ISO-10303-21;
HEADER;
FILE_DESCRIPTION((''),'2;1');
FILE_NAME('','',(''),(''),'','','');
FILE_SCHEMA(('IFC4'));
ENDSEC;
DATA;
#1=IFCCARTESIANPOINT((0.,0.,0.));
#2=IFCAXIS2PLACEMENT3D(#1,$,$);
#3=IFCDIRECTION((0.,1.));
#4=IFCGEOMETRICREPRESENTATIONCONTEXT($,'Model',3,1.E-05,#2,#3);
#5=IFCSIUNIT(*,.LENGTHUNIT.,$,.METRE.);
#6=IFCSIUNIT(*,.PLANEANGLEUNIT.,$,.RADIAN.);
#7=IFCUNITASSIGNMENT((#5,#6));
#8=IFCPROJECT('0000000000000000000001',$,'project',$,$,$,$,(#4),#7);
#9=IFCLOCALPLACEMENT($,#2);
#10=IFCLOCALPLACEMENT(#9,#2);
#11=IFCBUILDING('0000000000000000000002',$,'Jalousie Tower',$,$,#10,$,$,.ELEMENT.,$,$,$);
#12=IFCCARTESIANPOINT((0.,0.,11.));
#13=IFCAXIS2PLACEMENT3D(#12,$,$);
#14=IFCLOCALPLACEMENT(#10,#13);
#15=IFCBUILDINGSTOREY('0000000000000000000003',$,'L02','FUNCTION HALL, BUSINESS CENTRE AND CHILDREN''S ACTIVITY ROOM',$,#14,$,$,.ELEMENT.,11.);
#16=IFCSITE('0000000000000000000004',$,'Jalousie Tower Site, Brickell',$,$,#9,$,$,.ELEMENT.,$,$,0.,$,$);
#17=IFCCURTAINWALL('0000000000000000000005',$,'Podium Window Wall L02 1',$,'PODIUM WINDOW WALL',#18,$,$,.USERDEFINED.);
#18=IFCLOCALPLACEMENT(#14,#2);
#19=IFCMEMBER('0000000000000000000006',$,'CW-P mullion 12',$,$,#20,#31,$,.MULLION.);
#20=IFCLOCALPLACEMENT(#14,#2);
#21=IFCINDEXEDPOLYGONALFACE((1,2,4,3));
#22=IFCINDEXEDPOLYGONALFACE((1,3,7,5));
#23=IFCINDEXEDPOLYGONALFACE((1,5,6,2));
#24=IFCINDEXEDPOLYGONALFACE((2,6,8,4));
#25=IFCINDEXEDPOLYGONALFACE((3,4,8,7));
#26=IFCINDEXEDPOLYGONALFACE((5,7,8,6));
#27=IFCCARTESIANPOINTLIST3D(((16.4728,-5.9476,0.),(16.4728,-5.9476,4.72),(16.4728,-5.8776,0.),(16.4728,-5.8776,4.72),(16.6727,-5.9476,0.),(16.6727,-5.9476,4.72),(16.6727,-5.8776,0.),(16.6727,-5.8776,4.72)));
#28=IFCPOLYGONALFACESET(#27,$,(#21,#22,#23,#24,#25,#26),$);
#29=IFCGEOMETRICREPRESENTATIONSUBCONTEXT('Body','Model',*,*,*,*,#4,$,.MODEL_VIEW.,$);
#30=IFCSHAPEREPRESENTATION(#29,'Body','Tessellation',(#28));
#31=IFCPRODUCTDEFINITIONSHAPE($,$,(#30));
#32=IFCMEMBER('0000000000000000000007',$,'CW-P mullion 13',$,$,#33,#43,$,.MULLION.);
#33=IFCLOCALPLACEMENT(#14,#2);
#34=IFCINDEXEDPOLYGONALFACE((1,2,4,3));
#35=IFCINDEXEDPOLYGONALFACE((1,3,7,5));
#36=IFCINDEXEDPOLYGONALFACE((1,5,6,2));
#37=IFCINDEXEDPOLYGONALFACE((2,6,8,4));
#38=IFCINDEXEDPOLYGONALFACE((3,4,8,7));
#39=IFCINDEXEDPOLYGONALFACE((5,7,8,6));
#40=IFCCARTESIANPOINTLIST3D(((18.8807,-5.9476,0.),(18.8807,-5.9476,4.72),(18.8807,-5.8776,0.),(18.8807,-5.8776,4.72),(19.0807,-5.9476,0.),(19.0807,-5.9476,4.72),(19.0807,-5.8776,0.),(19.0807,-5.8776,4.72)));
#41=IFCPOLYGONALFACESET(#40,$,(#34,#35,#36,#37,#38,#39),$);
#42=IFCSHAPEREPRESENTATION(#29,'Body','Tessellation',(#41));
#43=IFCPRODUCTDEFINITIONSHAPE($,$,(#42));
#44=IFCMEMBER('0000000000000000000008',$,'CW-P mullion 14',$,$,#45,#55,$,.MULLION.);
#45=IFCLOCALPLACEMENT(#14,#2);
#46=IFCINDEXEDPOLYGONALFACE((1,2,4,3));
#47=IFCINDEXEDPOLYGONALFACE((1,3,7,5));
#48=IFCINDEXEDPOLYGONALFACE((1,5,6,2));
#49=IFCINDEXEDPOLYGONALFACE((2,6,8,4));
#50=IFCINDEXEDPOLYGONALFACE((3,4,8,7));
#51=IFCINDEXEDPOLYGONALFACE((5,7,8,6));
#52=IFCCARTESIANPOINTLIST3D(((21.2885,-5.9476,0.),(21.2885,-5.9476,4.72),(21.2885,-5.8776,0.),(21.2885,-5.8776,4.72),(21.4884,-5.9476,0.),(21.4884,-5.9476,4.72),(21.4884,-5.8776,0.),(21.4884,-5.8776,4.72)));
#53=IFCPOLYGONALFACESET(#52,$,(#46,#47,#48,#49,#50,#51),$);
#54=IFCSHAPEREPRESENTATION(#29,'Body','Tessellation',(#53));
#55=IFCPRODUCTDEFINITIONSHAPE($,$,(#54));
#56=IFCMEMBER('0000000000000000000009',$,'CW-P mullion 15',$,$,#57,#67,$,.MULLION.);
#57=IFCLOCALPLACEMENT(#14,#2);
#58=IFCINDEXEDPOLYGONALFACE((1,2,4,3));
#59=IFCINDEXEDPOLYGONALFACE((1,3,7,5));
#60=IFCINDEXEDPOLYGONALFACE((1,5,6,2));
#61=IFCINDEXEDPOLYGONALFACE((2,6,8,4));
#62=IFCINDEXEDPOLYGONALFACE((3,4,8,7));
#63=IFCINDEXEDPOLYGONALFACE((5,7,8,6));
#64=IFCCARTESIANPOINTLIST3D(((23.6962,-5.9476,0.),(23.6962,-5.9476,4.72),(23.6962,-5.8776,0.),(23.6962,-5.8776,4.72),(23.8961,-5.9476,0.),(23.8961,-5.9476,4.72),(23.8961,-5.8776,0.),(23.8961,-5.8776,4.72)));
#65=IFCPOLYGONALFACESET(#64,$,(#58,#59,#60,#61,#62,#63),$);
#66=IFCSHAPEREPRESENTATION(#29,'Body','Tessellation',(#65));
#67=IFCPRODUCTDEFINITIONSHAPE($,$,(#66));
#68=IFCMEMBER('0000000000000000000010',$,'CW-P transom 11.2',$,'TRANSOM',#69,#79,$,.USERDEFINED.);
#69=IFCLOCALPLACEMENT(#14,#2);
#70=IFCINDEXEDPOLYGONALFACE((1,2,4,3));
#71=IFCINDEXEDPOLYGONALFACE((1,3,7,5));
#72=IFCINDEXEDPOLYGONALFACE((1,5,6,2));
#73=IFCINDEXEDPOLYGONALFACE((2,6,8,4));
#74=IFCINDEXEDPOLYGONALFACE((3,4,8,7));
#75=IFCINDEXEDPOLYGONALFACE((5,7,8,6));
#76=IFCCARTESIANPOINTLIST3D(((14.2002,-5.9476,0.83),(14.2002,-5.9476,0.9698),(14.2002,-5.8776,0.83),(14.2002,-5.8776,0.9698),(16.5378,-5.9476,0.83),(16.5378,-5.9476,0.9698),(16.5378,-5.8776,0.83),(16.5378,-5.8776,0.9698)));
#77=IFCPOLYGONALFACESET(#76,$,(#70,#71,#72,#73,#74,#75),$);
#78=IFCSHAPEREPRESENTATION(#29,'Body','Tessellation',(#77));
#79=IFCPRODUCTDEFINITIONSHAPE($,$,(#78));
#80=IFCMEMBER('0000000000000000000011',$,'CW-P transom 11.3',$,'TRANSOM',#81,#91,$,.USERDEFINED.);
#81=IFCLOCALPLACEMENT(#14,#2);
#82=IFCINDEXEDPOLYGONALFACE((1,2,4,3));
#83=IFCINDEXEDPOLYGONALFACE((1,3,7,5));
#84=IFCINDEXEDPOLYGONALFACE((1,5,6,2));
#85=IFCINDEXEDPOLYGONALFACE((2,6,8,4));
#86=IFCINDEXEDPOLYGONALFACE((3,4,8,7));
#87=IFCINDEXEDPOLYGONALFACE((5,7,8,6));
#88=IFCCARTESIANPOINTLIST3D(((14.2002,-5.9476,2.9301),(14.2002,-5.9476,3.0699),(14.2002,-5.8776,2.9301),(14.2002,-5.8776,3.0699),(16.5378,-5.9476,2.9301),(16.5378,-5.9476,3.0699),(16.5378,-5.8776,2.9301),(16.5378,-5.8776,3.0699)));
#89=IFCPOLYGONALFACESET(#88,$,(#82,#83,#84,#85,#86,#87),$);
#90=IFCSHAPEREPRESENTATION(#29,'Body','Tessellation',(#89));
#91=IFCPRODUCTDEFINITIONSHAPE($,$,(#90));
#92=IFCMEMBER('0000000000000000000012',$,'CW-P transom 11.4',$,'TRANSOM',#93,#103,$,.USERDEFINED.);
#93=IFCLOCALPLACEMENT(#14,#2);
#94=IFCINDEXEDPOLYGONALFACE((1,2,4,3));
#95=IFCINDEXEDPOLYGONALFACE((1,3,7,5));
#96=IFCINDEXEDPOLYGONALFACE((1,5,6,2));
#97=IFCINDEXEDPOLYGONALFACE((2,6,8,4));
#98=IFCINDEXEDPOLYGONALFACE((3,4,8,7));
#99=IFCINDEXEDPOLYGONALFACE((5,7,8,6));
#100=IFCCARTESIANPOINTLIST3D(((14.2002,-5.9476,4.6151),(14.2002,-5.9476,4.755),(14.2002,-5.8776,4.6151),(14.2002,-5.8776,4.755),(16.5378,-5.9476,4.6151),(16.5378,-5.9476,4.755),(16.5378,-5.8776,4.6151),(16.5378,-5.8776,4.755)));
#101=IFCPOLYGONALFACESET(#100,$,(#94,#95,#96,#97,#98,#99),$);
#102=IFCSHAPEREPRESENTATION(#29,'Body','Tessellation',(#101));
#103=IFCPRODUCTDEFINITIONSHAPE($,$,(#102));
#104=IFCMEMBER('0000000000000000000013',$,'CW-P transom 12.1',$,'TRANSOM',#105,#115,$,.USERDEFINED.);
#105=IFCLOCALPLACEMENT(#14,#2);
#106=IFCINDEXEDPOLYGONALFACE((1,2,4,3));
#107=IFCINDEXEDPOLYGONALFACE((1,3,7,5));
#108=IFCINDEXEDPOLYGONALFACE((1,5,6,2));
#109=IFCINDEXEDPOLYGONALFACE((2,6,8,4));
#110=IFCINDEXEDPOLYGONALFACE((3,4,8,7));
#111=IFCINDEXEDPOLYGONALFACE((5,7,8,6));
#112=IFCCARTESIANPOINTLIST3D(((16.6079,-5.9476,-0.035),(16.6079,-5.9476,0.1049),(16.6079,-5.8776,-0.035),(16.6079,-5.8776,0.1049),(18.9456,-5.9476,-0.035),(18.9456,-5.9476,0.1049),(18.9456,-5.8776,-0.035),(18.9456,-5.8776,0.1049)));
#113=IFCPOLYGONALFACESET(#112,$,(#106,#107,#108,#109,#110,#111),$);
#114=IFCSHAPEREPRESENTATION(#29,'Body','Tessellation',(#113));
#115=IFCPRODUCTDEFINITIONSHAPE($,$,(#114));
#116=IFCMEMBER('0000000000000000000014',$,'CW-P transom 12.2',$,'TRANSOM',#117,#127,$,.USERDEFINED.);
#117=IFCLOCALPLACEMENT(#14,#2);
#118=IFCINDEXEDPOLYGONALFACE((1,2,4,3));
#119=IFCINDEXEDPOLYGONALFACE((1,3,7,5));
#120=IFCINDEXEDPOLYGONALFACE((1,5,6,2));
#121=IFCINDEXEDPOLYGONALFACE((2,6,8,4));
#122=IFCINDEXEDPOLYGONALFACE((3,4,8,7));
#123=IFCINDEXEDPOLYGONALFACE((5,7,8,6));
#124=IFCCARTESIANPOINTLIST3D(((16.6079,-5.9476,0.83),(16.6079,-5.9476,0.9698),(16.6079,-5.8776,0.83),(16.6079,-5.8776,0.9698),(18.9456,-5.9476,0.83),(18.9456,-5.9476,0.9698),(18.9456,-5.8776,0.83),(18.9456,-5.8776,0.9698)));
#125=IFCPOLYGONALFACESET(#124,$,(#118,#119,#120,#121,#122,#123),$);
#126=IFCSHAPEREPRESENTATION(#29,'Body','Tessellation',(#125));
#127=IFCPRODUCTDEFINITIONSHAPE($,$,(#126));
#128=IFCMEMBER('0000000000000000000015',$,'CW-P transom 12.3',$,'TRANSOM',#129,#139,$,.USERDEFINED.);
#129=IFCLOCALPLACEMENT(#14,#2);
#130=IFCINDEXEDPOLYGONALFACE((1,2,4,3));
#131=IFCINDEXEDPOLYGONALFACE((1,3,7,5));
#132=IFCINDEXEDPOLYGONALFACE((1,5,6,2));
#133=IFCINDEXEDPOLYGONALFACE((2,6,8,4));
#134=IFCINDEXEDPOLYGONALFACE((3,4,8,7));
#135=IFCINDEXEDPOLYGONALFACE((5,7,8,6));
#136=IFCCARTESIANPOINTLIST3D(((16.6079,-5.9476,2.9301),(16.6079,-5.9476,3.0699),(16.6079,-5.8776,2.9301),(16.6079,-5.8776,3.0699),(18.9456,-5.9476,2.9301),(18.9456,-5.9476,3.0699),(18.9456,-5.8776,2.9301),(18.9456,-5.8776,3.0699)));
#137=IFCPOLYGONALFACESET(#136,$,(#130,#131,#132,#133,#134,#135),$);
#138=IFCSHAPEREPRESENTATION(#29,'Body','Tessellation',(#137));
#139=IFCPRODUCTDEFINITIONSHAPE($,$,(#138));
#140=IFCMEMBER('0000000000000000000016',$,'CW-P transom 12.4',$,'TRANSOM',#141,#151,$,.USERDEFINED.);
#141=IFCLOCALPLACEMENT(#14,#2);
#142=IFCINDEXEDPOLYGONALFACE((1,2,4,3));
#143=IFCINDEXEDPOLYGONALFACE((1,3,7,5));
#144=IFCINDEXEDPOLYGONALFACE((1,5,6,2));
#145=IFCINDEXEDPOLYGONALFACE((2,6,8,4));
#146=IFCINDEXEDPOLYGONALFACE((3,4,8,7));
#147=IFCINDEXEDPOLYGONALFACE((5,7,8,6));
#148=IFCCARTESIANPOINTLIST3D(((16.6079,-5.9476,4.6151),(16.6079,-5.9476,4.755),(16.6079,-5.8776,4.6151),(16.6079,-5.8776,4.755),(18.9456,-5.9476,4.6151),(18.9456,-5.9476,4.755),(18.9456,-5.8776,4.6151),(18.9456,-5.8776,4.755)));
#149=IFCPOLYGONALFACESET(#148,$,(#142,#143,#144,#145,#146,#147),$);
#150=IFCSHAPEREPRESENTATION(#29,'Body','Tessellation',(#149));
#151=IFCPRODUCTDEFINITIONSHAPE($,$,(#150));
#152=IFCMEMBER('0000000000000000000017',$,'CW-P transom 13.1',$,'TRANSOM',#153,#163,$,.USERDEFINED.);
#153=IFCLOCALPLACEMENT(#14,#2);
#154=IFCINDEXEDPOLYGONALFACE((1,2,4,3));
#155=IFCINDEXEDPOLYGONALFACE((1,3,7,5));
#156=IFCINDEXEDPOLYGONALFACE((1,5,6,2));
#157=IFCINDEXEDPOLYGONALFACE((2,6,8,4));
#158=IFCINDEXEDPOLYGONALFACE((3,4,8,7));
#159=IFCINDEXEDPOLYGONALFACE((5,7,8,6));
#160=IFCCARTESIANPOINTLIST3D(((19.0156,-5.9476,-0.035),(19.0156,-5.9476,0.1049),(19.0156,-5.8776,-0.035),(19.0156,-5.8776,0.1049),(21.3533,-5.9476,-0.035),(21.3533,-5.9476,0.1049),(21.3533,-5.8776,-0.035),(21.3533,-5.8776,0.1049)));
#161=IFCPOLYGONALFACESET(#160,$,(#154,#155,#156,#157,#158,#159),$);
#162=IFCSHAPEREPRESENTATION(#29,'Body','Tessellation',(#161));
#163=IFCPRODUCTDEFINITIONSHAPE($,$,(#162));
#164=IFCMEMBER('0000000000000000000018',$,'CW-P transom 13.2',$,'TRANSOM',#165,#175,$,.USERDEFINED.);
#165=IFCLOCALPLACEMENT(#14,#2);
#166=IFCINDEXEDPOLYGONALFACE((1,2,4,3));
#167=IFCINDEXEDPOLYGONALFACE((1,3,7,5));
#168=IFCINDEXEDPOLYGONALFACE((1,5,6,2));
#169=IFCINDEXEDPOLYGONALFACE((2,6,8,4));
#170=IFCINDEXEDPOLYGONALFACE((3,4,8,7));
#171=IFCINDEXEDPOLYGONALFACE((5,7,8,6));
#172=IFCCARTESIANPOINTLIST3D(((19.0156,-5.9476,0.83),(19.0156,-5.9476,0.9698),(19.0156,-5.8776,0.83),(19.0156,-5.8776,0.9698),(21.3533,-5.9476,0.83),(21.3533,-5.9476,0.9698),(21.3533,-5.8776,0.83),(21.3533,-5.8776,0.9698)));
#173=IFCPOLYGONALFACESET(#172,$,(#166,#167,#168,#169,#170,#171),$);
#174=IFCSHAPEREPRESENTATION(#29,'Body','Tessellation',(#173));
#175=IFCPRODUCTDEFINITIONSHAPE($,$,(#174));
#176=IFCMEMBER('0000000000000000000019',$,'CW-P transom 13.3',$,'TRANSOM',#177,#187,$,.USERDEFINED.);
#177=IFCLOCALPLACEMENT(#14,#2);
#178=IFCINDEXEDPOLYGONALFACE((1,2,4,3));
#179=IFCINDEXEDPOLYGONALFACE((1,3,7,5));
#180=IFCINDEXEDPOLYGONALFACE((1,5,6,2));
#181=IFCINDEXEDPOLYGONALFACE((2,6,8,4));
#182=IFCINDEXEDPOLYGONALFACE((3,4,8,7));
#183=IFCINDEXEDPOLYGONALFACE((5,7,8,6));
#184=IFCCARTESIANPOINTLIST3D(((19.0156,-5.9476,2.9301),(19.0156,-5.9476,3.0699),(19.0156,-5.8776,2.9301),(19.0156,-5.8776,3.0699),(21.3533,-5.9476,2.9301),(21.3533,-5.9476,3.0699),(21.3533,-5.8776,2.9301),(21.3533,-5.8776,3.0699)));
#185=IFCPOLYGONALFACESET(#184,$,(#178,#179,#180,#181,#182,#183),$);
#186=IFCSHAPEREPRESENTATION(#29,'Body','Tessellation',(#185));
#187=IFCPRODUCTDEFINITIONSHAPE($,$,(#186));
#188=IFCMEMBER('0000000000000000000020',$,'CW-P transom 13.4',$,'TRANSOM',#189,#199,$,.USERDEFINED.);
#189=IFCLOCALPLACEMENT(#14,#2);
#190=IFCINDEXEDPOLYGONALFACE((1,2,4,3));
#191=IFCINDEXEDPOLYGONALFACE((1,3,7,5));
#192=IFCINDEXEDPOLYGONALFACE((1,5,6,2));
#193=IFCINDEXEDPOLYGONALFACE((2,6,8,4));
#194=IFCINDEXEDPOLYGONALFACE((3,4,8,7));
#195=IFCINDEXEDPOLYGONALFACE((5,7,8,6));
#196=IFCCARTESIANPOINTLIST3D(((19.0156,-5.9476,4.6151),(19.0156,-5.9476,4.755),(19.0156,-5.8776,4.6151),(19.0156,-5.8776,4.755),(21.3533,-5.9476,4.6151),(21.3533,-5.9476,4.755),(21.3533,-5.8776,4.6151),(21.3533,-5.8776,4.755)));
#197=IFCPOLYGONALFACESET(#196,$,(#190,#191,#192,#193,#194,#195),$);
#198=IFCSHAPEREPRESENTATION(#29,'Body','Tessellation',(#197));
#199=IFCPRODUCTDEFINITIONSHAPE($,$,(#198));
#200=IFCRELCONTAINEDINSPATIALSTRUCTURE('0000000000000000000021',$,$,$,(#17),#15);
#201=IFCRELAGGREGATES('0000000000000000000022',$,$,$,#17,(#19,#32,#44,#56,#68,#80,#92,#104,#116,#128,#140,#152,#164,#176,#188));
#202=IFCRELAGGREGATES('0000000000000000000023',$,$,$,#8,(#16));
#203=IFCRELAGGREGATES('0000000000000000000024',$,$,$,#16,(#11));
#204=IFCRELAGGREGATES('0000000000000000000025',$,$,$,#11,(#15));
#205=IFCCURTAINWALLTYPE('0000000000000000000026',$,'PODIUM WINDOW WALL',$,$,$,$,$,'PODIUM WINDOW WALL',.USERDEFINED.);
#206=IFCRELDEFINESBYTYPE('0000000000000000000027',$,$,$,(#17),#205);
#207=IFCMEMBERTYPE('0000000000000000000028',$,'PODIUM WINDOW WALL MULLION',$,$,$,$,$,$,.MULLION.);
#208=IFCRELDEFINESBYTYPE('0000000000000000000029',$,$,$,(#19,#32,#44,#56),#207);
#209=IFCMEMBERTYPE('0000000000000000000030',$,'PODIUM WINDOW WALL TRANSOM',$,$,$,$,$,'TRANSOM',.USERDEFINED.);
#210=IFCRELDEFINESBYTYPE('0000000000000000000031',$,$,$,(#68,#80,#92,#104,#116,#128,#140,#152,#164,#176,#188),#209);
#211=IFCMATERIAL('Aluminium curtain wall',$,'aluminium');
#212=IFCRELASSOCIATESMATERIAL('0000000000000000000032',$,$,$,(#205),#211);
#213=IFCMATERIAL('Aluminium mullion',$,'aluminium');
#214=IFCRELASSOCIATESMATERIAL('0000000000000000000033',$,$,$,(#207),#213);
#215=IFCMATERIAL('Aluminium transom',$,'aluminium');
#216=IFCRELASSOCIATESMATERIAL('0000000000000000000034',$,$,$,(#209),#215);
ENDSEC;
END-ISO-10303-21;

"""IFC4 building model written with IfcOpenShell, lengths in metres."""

from ifc_helpers import new_model, si_unit, direction, frame, origin, origin_2d, place, context, subcontext, project, spatial, rectangle, extrude, material, material_profile, profile_set, type_object, element, aggregate, save


model = new_model("IFC4")

# Units and contexts
model_context = context("Model", 3, precision=1e-05, world=origin(), true_north=direction((0.0, 1.0)))
body_context = subcontext(model_context, "Body", "Model", "MODEL_VIEW")
ifc_project = project(units=[si_unit("LENGTHUNIT", "METRE"), si_unit("PLANEANGLEUNIT", "RADIAN")], contexts=[model_context])

# Site, building, storey
site_placement = place(None, origin())
site = spatial("IfcSite", under=ifc_project, at=site_placement, Name="Jalousie Tower Site, Brickell", CompositionType="ELEMENT", RefElevation=0.0)
building_placement = place(site_placement, origin())
building = spatial("IfcBuilding", under=site, at=building_placement, Name="Jalousie Tower", CompositionType="ELEMENT")
storey_placement = place(building_placement, frame((0.0, 0.0, 11.0)))
storey = spatial("IfcBuildingStorey", under=building, at=storey_placement, Name="L02", Description="FUNCTION HALL, BUSINESS CENTRE AND CHILDREN'S ACTIVITY ROOM", CompositionType="ELEMENT", Elevation=11.0)

# Curtain wall, members
ifc_material_1 = material(Name="Aluminium curtain wall", Category="aluminium")
curtain_wall_type = type_object("IfcCurtainWallType", Name="PODIUM WINDOW WALL", ElementType="PODIUM WINDOW WALL", PredefinedType="USERDEFINED", material=ifc_material_1)
curtain_wall_placement = place(storey_placement, origin())
curtain_wall = element("IfcCurtainWall", 1, at=curtain_wall_placement, inside=storey, type_object=curtain_wall_type, Name="Podium Window Wall L02 1", ObjectType="PODIUM WINDOW WALL", PredefinedType="USERDEFINED")
ifc_material_2 = material(Name="Aluminium mullion", Category="aluminium")
ifc_material_profile_1 = material_profile(ifc_material_2, rectangle(XDim=0.0701, YDim=0.2, at=origin_2d()), Name="MULLION 70x200")
ifc_profile_set_1 = profile_set([ifc_material_profile_1], Name="Aluminium mullion")
member_type_1 = type_object("IfcMemberType", Name="PODIUM WINDOW WALL MULLION", PredefinedType="MULLION", material=ifc_profile_set_1)
member_1_placement = place(storey_placement, frame((16.5728, -5.9126, 0.0), z_axis=(0.0, 0.0, 1.0), x_axis=(0.0, 1.0, 0.0)))
member_1 = element("IfcMember", 2, at=member_1_placement, type_object=member_type_1, Name="CW-P mullion 12", PredefinedType="MULLION", context=body_context, shape_type="SweptSolid", body=[
    extrude(rectangle(XDim=0.0701, YDim=0.2, at=origin_2d()), origin(), (0.0, 0.0, 1.0), 4.72),
])
member_2_placement = place(storey_placement, frame((18.9807, -5.9126, 0.0), z_axis=(0.0, 0.0, 1.0), x_axis=(0.0, 1.0, 0.0)))
member_2 = element("IfcMember", 3, at=member_2_placement, type_object=member_type_1, Name="CW-P mullion 13", PredefinedType="MULLION", context=body_context, shape_type="SweptSolid", body=[
    extrude(rectangle(XDim=0.0701, YDim=0.2, at=origin_2d()), origin(), (0.0, 0.0, 1.0), 4.72),
])
member_3_placement = place(storey_placement, frame((21.3884, -5.9126, 0.0), z_axis=(0.0, 0.0, 1.0), x_axis=(0.0, 1.0, 0.0)))
member_3 = element("IfcMember", 4, at=member_3_placement, type_object=member_type_1, Name="CW-P mullion 14", PredefinedType="MULLION", context=body_context, shape_type="SweptSolid", body=[
    extrude(rectangle(XDim=0.0701, YDim=0.2, at=origin_2d()), origin(), (0.0, 0.0, 1.0), 4.72),
])
member_4_placement = place(storey_placement, frame((23.7961, -5.9126, 0.0), z_axis=(0.0, 0.0, 1.0), x_axis=(0.0, 1.0, 0.0)))
member_4 = element("IfcMember", 5, at=member_4_placement, type_object=member_type_1, Name="CW-P mullion 15", PredefinedType="MULLION", context=body_context, shape_type="SweptSolid", body=[
    extrude(rectangle(XDim=0.0701, YDim=0.2, at=origin_2d()), origin(), (0.0, 0.0, 1.0), 4.72),
])
ifc_material_3 = material(Name="Aluminium transom", Category="aluminium")
ifc_material_profile_2 = material_profile(ifc_material_3, rectangle(XDim=0.0701, YDim=0.1399, at=origin_2d()), Name="TRANSOM 70x140")
ifc_profile_set_2 = profile_set([ifc_material_profile_2], Name="Aluminium transom")
member_type_2 = type_object("IfcMemberType", Name="PODIUM WINDOW WALL TRANSOM", ElementType="TRANSOM", PredefinedType="USERDEFINED", material=ifc_profile_set_2)
member_5_placement = place(storey_placement, frame((14.2002, -5.9126, 0.8999), z_axis=(1.0, 0.0, 0.0), x_axis=(0.0, 1.0, 0.0)))
member_5 = element("IfcMember", 6, at=member_5_placement, type_object=member_type_2, Name="CW-P transom 11.2", ObjectType="TRANSOM", PredefinedType="USERDEFINED", context=body_context, shape_type="SweptSolid", body=[
    extrude(rectangle(XDim=0.0701, YDim=0.1399, at=origin_2d()), origin(), (0.0, 0.0, 1.0), 2.3376),
])
member_6_placement = place(storey_placement, frame((14.2002, -5.9126, 3.0), z_axis=(1.0, 0.0, 0.0), x_axis=(0.0, 1.0, 0.0)))
member_6 = element("IfcMember", 7, at=member_6_placement, type_object=member_type_2, Name="CW-P transom 11.3", ObjectType="TRANSOM", PredefinedType="USERDEFINED", context=body_context, shape_type="SweptSolid", body=[
    extrude(rectangle(XDim=0.0701, YDim=0.1399, at=origin_2d()), origin(), (0.0, 0.0, 1.0), 2.3376),
])
member_7_placement = place(storey_placement, frame((14.2002, -5.9126, 4.6851), z_axis=(1.0, 0.0, 0.0), x_axis=(0.0, 1.0, 0.0)))
member_7 = element("IfcMember", 8, at=member_7_placement, type_object=member_type_2, Name="CW-P transom 11.4", ObjectType="TRANSOM", PredefinedType="USERDEFINED", context=body_context, shape_type="SweptSolid", body=[
    extrude(rectangle(XDim=0.0701, YDim=0.1399, at=origin_2d()), origin(), (0.0, 0.0, 1.0), 2.3376),
])
member_8_placement = place(storey_placement, frame((16.6079, -5.9126, 0.0349), z_axis=(1.0, 0.0, 0.0), x_axis=(0.0, 1.0, 0.0)))
member_8 = element("IfcMember", 9, at=member_8_placement, type_object=member_type_2, Name="CW-P transom 12.1", ObjectType="TRANSOM", PredefinedType="USERDEFINED", context=body_context, shape_type="SweptSolid", body=[
    extrude(rectangle(XDim=0.0701, YDim=0.1399, at=origin_2d()), origin(), (0.0, 0.0, 1.0), 2.3376),
])
member_9_placement = place(storey_placement, frame((16.6079, -5.9126, 0.8999), z_axis=(1.0, 0.0, 0.0), x_axis=(0.0, 1.0, 0.0)))
member_9 = element("IfcMember", 10, at=member_9_placement, type_object=member_type_2, Name="CW-P transom 12.2", ObjectType="TRANSOM", PredefinedType="USERDEFINED", context=body_context, shape_type="SweptSolid", body=[
    extrude(rectangle(XDim=0.0701, YDim=0.1399, at=origin_2d()), origin(), (0.0, 0.0, 1.0), 2.3376),
])
member_10_placement = place(storey_placement, frame((16.6079, -5.9126, 3.0), z_axis=(1.0, 0.0, 0.0), x_axis=(0.0, 1.0, 0.0)))
member_10 = element("IfcMember", 11, at=member_10_placement, type_object=member_type_2, Name="CW-P transom 12.3", ObjectType="TRANSOM", PredefinedType="USERDEFINED", context=body_context, shape_type="SweptSolid", body=[
    extrude(rectangle(XDim=0.0701, YDim=0.1399, at=origin_2d()), origin(), (0.0, 0.0, 1.0), 2.3376),
])
member_11_placement = place(storey_placement, frame((16.6079, -5.9126, 4.6851), z_axis=(1.0, 0.0, 0.0), x_axis=(0.0, 1.0, 0.0)))
member_11 = element("IfcMember", 12, at=member_11_placement, type_object=member_type_2, Name="CW-P transom 12.4", ObjectType="TRANSOM", PredefinedType="USERDEFINED", context=body_context, shape_type="SweptSolid", body=[
    extrude(rectangle(XDim=0.0701, YDim=0.1399, at=origin_2d()), origin(), (0.0, 0.0, 1.0), 2.3376),
])
member_12_placement = place(storey_placement, frame((19.0156, -5.9126, 0.0349), z_axis=(1.0, 0.0, 0.0), x_axis=(0.0, 1.0, 0.0)))
member_12 = element("IfcMember", 13, at=member_12_placement, type_object=member_type_2, Name="CW-P transom 13.1", ObjectType="TRANSOM", PredefinedType="USERDEFINED", context=body_context, shape_type="SweptSolid", body=[
    extrude(rectangle(XDim=0.0701, YDim=0.1399, at=origin_2d()), origin(), (0.0, 0.0, 1.0), 2.3376),
])
member_13_placement = place(storey_placement, frame((19.0156, -5.9126, 0.8999), z_axis=(1.0, 0.0, 0.0), x_axis=(0.0, 1.0, 0.0)))
member_13 = element("IfcMember", 14, at=member_13_placement, type_object=member_type_2, Name="CW-P transom 13.2", ObjectType="TRANSOM", PredefinedType="USERDEFINED", context=body_context, shape_type="SweptSolid", body=[
    extrude(rectangle(XDim=0.0701, YDim=0.1399, at=origin_2d()), origin(), (0.0, 0.0, 1.0), 2.3376),
])
member_14_placement = place(storey_placement, frame((19.0156, -5.9126, 3.0), z_axis=(1.0, 0.0, 0.0), x_axis=(0.0, 1.0, 0.0)))
member_14 = element("IfcMember", 15, at=member_14_placement, type_object=member_type_2, Name="CW-P transom 13.3", ObjectType="TRANSOM", PredefinedType="USERDEFINED", context=body_context, shape_type="SweptSolid", body=[
    extrude(rectangle(XDim=0.0701, YDim=0.1399, at=origin_2d()), origin(), (0.0, 0.0, 1.0), 2.3376),
])
member_15_placement = place(storey_placement, frame((19.0156, -5.9126, 4.6851), z_axis=(1.0, 0.0, 0.0), x_axis=(0.0, 1.0, 0.0)))
member_15 = element("IfcMember", 16, at=member_15_placement, type_object=member_type_2, Name="CW-P transom 13.4", ObjectType="TRANSOM", PredefinedType="USERDEFINED", context=body_context, shape_type="SweptSolid", body=[
    extrude(rectangle(XDim=0.0701, YDim=0.1399, at=origin_2d()), origin(), (0.0, 0.0, 1.0), 2.3376),
])
aggregate(curtain_wall, [member_1, member_2, member_3, member_4, member_5, member_6, member_7, member_8, member_9, member_10, member_11, member_12, member_13, member_14, member_15])

save(model, "model.ifc")
